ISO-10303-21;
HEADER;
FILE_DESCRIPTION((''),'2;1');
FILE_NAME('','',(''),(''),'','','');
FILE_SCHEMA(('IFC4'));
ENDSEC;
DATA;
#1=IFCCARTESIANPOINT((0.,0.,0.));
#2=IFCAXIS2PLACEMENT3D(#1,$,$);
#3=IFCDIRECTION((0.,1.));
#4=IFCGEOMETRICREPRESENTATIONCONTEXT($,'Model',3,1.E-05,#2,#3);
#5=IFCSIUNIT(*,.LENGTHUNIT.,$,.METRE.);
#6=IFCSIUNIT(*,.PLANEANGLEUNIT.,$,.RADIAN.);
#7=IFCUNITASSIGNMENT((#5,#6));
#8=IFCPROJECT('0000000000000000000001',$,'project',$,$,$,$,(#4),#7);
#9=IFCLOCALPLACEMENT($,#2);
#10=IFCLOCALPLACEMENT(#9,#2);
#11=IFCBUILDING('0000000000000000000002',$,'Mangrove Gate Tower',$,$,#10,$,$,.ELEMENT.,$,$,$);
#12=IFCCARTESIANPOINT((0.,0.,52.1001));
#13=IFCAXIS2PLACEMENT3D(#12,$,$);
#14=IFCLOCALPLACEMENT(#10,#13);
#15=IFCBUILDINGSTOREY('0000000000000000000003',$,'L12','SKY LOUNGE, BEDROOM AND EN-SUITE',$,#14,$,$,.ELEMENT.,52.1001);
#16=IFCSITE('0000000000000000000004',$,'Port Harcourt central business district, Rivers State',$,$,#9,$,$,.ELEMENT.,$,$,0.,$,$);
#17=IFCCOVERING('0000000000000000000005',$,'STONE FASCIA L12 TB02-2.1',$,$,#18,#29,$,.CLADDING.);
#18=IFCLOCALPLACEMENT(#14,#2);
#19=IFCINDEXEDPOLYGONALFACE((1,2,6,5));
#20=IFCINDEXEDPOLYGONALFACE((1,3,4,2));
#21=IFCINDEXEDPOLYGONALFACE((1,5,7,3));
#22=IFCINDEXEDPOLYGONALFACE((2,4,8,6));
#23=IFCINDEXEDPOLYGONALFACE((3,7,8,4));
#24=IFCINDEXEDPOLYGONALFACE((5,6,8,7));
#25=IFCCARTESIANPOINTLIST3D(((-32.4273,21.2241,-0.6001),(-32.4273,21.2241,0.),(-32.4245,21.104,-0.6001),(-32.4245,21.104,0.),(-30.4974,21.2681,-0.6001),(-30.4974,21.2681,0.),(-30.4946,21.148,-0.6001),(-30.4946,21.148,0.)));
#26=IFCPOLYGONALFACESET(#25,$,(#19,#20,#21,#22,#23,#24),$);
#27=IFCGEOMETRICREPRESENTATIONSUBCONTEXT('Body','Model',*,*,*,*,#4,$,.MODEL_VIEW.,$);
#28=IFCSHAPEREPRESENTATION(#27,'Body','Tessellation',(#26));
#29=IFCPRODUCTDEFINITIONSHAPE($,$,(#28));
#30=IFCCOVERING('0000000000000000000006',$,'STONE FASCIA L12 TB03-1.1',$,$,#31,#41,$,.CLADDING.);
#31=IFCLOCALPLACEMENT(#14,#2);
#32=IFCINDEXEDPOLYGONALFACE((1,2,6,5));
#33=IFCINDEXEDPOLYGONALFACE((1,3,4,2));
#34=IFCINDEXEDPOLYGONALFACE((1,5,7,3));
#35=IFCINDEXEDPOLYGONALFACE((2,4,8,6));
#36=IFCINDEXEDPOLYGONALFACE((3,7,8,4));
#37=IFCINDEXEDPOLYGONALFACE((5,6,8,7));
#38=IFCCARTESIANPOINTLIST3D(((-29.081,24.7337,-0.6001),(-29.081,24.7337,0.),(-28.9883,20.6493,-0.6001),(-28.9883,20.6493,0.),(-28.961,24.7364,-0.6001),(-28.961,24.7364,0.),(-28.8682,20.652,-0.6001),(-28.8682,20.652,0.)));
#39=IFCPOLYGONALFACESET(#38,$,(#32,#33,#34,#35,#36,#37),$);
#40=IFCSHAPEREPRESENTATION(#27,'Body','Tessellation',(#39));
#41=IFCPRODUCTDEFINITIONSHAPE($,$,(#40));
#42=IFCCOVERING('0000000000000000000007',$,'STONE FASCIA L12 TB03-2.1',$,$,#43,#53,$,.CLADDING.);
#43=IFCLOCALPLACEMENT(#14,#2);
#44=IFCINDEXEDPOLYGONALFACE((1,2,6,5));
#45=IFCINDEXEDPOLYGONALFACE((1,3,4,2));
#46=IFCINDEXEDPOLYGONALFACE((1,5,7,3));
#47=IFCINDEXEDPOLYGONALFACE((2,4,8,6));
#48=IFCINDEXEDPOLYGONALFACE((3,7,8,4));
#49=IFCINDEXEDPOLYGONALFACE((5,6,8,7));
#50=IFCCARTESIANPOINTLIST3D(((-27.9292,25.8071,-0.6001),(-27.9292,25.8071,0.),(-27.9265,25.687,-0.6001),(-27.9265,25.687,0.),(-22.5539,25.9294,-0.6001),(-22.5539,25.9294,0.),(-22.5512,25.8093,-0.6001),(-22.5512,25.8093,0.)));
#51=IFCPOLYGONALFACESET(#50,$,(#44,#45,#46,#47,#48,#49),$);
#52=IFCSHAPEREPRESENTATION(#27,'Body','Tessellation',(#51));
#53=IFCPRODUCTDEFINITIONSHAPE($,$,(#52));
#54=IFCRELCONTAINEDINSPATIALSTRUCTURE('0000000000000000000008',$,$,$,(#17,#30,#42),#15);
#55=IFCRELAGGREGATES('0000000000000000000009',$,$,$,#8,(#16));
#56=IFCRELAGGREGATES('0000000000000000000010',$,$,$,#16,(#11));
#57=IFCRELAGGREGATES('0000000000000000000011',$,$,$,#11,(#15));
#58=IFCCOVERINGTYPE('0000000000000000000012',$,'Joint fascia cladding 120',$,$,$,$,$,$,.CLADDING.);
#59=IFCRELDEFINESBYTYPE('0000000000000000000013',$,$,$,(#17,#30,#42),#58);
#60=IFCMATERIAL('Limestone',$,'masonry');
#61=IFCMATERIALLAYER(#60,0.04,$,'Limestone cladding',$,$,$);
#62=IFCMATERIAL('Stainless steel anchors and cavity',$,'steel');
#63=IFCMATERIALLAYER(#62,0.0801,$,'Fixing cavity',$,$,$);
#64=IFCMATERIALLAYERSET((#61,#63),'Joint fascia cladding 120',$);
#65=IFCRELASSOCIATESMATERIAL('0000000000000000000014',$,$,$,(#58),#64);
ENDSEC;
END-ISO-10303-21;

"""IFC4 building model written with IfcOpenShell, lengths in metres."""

from ifc_helpers import new_model, si_unit, direction, frame, frame_2d, origin, place, context, subcontext, project, spatial, rectangle, extrude, material, layer, layer_set, type_object, element, save


model = new_model("IFC4")

# Units and contexts
model_context = context("Model", 3, precision=1e-05, world=origin(), true_north=direction((0.0, 1.0)))
body_context = subcontext(model_context, "Body", "Model", "MODEL_VIEW")
ifc_project = project(units=[si_unit("LENGTHUNIT", "METRE"), si_unit("PLANEANGLEUNIT", "RADIAN")], contexts=[model_context])

# Site, building, storey
site_placement = place(None, origin())
site = spatial("IfcSite", under=ifc_project, at=site_placement, Name="Port Harcourt central business district, Rivers State", CompositionType="ELEMENT", RefElevation=0.0)
building_placement = place(site_placement, origin())
building = spatial("IfcBuilding", under=site, at=building_placement, Name="Mangrove Gate Tower", CompositionType="ELEMENT")
storey_placement = place(building_placement, frame((0.0, 0.0, 52.1001)))
storey = spatial("IfcBuildingStorey", under=building, at=storey_placement, Name="L12", Description="SKY LOUNGE, BEDROOM AND EN-SUITE", CompositionType="ELEMENT", Elevation=52.1001)

# Coverings
ifc_material_1 = material(Name="Limestone", Category="masonry")
ifc_layer_1 = layer(ifc_material_1, 0.04, Name="Limestone cladding")
ifc_material_2 = material(Name="Stainless steel anchors and cavity", Category="steel")
ifc_layer_2 = layer(ifc_material_2, 0.0801, Name="Fixing cavity")
ifc_layer_set_1 = layer_set([ifc_layer_1, ifc_layer_2], Name="Joint fascia cladding 120")
covering_type = type_object("IfcCoveringType", Name="Joint fascia cladding 120", PredefinedType="CLADDING", material=ifc_layer_set_1)
covering_1_placement = place(storey_placement, frame((-32.426, 21.1641, -0.6001), z_axis=(0.0, 0.0, 1.0), x_axis=(0.999741, 0.022764, 0.0)))
element("IfcCovering", 1, at=covering_1_placement, inside=storey, type_object=covering_type, Name="STONE FASCIA L12 TB02-2.1", PredefinedType="CLADDING", context=body_context, shape_type="SweptSolid", body=[
    extrude(rectangle(XDim=1.9304, YDim=0.1201, at=frame_2d((0.9653, 0.0))), origin(), (0.0, 0.0, 1.0), 0.6001),
])
covering_2_placement = place(storey_placement, frame((-28.9282, 20.6506, -0.6001), z_axis=(0.0, 0.0, 1.0), x_axis=(-0.022708, 0.999742, 0.0)))
element("IfcCovering", 2, at=covering_2_placement, inside=storey, type_object=covering_type, Name="STONE FASCIA L12 TB03-1.1", PredefinedType="CLADDING", context=body_context, shape_type="SweptSolid", body=[
    extrude(rectangle(XDim=4.0854, YDim=0.1201, at=frame_2d((2.0427, 0.0))), origin(), (0.0, 0.0, 1.0), 0.6001),
])
covering_3_placement = place(storey_placement, frame((-27.928, 25.7471, -0.6001), z_axis=(0.0, 0.0, 1.0), x_axis=(0.999741, 0.022749, 0.0)))
element("IfcCovering", 3, at=covering_3_placement, inside=storey, type_object=covering_type, Name="STONE FASCIA L12 TB03-2.1", PredefinedType="CLADDING", context=body_context, shape_type="SweptSolid", body=[
    extrude(rectangle(XDim=5.3767, YDim=0.1201, at=frame_2d((2.6885, 0.0))), origin(), (0.0, 0.0, 1.0), 0.6001),
])

save(model, "model.ifc")
